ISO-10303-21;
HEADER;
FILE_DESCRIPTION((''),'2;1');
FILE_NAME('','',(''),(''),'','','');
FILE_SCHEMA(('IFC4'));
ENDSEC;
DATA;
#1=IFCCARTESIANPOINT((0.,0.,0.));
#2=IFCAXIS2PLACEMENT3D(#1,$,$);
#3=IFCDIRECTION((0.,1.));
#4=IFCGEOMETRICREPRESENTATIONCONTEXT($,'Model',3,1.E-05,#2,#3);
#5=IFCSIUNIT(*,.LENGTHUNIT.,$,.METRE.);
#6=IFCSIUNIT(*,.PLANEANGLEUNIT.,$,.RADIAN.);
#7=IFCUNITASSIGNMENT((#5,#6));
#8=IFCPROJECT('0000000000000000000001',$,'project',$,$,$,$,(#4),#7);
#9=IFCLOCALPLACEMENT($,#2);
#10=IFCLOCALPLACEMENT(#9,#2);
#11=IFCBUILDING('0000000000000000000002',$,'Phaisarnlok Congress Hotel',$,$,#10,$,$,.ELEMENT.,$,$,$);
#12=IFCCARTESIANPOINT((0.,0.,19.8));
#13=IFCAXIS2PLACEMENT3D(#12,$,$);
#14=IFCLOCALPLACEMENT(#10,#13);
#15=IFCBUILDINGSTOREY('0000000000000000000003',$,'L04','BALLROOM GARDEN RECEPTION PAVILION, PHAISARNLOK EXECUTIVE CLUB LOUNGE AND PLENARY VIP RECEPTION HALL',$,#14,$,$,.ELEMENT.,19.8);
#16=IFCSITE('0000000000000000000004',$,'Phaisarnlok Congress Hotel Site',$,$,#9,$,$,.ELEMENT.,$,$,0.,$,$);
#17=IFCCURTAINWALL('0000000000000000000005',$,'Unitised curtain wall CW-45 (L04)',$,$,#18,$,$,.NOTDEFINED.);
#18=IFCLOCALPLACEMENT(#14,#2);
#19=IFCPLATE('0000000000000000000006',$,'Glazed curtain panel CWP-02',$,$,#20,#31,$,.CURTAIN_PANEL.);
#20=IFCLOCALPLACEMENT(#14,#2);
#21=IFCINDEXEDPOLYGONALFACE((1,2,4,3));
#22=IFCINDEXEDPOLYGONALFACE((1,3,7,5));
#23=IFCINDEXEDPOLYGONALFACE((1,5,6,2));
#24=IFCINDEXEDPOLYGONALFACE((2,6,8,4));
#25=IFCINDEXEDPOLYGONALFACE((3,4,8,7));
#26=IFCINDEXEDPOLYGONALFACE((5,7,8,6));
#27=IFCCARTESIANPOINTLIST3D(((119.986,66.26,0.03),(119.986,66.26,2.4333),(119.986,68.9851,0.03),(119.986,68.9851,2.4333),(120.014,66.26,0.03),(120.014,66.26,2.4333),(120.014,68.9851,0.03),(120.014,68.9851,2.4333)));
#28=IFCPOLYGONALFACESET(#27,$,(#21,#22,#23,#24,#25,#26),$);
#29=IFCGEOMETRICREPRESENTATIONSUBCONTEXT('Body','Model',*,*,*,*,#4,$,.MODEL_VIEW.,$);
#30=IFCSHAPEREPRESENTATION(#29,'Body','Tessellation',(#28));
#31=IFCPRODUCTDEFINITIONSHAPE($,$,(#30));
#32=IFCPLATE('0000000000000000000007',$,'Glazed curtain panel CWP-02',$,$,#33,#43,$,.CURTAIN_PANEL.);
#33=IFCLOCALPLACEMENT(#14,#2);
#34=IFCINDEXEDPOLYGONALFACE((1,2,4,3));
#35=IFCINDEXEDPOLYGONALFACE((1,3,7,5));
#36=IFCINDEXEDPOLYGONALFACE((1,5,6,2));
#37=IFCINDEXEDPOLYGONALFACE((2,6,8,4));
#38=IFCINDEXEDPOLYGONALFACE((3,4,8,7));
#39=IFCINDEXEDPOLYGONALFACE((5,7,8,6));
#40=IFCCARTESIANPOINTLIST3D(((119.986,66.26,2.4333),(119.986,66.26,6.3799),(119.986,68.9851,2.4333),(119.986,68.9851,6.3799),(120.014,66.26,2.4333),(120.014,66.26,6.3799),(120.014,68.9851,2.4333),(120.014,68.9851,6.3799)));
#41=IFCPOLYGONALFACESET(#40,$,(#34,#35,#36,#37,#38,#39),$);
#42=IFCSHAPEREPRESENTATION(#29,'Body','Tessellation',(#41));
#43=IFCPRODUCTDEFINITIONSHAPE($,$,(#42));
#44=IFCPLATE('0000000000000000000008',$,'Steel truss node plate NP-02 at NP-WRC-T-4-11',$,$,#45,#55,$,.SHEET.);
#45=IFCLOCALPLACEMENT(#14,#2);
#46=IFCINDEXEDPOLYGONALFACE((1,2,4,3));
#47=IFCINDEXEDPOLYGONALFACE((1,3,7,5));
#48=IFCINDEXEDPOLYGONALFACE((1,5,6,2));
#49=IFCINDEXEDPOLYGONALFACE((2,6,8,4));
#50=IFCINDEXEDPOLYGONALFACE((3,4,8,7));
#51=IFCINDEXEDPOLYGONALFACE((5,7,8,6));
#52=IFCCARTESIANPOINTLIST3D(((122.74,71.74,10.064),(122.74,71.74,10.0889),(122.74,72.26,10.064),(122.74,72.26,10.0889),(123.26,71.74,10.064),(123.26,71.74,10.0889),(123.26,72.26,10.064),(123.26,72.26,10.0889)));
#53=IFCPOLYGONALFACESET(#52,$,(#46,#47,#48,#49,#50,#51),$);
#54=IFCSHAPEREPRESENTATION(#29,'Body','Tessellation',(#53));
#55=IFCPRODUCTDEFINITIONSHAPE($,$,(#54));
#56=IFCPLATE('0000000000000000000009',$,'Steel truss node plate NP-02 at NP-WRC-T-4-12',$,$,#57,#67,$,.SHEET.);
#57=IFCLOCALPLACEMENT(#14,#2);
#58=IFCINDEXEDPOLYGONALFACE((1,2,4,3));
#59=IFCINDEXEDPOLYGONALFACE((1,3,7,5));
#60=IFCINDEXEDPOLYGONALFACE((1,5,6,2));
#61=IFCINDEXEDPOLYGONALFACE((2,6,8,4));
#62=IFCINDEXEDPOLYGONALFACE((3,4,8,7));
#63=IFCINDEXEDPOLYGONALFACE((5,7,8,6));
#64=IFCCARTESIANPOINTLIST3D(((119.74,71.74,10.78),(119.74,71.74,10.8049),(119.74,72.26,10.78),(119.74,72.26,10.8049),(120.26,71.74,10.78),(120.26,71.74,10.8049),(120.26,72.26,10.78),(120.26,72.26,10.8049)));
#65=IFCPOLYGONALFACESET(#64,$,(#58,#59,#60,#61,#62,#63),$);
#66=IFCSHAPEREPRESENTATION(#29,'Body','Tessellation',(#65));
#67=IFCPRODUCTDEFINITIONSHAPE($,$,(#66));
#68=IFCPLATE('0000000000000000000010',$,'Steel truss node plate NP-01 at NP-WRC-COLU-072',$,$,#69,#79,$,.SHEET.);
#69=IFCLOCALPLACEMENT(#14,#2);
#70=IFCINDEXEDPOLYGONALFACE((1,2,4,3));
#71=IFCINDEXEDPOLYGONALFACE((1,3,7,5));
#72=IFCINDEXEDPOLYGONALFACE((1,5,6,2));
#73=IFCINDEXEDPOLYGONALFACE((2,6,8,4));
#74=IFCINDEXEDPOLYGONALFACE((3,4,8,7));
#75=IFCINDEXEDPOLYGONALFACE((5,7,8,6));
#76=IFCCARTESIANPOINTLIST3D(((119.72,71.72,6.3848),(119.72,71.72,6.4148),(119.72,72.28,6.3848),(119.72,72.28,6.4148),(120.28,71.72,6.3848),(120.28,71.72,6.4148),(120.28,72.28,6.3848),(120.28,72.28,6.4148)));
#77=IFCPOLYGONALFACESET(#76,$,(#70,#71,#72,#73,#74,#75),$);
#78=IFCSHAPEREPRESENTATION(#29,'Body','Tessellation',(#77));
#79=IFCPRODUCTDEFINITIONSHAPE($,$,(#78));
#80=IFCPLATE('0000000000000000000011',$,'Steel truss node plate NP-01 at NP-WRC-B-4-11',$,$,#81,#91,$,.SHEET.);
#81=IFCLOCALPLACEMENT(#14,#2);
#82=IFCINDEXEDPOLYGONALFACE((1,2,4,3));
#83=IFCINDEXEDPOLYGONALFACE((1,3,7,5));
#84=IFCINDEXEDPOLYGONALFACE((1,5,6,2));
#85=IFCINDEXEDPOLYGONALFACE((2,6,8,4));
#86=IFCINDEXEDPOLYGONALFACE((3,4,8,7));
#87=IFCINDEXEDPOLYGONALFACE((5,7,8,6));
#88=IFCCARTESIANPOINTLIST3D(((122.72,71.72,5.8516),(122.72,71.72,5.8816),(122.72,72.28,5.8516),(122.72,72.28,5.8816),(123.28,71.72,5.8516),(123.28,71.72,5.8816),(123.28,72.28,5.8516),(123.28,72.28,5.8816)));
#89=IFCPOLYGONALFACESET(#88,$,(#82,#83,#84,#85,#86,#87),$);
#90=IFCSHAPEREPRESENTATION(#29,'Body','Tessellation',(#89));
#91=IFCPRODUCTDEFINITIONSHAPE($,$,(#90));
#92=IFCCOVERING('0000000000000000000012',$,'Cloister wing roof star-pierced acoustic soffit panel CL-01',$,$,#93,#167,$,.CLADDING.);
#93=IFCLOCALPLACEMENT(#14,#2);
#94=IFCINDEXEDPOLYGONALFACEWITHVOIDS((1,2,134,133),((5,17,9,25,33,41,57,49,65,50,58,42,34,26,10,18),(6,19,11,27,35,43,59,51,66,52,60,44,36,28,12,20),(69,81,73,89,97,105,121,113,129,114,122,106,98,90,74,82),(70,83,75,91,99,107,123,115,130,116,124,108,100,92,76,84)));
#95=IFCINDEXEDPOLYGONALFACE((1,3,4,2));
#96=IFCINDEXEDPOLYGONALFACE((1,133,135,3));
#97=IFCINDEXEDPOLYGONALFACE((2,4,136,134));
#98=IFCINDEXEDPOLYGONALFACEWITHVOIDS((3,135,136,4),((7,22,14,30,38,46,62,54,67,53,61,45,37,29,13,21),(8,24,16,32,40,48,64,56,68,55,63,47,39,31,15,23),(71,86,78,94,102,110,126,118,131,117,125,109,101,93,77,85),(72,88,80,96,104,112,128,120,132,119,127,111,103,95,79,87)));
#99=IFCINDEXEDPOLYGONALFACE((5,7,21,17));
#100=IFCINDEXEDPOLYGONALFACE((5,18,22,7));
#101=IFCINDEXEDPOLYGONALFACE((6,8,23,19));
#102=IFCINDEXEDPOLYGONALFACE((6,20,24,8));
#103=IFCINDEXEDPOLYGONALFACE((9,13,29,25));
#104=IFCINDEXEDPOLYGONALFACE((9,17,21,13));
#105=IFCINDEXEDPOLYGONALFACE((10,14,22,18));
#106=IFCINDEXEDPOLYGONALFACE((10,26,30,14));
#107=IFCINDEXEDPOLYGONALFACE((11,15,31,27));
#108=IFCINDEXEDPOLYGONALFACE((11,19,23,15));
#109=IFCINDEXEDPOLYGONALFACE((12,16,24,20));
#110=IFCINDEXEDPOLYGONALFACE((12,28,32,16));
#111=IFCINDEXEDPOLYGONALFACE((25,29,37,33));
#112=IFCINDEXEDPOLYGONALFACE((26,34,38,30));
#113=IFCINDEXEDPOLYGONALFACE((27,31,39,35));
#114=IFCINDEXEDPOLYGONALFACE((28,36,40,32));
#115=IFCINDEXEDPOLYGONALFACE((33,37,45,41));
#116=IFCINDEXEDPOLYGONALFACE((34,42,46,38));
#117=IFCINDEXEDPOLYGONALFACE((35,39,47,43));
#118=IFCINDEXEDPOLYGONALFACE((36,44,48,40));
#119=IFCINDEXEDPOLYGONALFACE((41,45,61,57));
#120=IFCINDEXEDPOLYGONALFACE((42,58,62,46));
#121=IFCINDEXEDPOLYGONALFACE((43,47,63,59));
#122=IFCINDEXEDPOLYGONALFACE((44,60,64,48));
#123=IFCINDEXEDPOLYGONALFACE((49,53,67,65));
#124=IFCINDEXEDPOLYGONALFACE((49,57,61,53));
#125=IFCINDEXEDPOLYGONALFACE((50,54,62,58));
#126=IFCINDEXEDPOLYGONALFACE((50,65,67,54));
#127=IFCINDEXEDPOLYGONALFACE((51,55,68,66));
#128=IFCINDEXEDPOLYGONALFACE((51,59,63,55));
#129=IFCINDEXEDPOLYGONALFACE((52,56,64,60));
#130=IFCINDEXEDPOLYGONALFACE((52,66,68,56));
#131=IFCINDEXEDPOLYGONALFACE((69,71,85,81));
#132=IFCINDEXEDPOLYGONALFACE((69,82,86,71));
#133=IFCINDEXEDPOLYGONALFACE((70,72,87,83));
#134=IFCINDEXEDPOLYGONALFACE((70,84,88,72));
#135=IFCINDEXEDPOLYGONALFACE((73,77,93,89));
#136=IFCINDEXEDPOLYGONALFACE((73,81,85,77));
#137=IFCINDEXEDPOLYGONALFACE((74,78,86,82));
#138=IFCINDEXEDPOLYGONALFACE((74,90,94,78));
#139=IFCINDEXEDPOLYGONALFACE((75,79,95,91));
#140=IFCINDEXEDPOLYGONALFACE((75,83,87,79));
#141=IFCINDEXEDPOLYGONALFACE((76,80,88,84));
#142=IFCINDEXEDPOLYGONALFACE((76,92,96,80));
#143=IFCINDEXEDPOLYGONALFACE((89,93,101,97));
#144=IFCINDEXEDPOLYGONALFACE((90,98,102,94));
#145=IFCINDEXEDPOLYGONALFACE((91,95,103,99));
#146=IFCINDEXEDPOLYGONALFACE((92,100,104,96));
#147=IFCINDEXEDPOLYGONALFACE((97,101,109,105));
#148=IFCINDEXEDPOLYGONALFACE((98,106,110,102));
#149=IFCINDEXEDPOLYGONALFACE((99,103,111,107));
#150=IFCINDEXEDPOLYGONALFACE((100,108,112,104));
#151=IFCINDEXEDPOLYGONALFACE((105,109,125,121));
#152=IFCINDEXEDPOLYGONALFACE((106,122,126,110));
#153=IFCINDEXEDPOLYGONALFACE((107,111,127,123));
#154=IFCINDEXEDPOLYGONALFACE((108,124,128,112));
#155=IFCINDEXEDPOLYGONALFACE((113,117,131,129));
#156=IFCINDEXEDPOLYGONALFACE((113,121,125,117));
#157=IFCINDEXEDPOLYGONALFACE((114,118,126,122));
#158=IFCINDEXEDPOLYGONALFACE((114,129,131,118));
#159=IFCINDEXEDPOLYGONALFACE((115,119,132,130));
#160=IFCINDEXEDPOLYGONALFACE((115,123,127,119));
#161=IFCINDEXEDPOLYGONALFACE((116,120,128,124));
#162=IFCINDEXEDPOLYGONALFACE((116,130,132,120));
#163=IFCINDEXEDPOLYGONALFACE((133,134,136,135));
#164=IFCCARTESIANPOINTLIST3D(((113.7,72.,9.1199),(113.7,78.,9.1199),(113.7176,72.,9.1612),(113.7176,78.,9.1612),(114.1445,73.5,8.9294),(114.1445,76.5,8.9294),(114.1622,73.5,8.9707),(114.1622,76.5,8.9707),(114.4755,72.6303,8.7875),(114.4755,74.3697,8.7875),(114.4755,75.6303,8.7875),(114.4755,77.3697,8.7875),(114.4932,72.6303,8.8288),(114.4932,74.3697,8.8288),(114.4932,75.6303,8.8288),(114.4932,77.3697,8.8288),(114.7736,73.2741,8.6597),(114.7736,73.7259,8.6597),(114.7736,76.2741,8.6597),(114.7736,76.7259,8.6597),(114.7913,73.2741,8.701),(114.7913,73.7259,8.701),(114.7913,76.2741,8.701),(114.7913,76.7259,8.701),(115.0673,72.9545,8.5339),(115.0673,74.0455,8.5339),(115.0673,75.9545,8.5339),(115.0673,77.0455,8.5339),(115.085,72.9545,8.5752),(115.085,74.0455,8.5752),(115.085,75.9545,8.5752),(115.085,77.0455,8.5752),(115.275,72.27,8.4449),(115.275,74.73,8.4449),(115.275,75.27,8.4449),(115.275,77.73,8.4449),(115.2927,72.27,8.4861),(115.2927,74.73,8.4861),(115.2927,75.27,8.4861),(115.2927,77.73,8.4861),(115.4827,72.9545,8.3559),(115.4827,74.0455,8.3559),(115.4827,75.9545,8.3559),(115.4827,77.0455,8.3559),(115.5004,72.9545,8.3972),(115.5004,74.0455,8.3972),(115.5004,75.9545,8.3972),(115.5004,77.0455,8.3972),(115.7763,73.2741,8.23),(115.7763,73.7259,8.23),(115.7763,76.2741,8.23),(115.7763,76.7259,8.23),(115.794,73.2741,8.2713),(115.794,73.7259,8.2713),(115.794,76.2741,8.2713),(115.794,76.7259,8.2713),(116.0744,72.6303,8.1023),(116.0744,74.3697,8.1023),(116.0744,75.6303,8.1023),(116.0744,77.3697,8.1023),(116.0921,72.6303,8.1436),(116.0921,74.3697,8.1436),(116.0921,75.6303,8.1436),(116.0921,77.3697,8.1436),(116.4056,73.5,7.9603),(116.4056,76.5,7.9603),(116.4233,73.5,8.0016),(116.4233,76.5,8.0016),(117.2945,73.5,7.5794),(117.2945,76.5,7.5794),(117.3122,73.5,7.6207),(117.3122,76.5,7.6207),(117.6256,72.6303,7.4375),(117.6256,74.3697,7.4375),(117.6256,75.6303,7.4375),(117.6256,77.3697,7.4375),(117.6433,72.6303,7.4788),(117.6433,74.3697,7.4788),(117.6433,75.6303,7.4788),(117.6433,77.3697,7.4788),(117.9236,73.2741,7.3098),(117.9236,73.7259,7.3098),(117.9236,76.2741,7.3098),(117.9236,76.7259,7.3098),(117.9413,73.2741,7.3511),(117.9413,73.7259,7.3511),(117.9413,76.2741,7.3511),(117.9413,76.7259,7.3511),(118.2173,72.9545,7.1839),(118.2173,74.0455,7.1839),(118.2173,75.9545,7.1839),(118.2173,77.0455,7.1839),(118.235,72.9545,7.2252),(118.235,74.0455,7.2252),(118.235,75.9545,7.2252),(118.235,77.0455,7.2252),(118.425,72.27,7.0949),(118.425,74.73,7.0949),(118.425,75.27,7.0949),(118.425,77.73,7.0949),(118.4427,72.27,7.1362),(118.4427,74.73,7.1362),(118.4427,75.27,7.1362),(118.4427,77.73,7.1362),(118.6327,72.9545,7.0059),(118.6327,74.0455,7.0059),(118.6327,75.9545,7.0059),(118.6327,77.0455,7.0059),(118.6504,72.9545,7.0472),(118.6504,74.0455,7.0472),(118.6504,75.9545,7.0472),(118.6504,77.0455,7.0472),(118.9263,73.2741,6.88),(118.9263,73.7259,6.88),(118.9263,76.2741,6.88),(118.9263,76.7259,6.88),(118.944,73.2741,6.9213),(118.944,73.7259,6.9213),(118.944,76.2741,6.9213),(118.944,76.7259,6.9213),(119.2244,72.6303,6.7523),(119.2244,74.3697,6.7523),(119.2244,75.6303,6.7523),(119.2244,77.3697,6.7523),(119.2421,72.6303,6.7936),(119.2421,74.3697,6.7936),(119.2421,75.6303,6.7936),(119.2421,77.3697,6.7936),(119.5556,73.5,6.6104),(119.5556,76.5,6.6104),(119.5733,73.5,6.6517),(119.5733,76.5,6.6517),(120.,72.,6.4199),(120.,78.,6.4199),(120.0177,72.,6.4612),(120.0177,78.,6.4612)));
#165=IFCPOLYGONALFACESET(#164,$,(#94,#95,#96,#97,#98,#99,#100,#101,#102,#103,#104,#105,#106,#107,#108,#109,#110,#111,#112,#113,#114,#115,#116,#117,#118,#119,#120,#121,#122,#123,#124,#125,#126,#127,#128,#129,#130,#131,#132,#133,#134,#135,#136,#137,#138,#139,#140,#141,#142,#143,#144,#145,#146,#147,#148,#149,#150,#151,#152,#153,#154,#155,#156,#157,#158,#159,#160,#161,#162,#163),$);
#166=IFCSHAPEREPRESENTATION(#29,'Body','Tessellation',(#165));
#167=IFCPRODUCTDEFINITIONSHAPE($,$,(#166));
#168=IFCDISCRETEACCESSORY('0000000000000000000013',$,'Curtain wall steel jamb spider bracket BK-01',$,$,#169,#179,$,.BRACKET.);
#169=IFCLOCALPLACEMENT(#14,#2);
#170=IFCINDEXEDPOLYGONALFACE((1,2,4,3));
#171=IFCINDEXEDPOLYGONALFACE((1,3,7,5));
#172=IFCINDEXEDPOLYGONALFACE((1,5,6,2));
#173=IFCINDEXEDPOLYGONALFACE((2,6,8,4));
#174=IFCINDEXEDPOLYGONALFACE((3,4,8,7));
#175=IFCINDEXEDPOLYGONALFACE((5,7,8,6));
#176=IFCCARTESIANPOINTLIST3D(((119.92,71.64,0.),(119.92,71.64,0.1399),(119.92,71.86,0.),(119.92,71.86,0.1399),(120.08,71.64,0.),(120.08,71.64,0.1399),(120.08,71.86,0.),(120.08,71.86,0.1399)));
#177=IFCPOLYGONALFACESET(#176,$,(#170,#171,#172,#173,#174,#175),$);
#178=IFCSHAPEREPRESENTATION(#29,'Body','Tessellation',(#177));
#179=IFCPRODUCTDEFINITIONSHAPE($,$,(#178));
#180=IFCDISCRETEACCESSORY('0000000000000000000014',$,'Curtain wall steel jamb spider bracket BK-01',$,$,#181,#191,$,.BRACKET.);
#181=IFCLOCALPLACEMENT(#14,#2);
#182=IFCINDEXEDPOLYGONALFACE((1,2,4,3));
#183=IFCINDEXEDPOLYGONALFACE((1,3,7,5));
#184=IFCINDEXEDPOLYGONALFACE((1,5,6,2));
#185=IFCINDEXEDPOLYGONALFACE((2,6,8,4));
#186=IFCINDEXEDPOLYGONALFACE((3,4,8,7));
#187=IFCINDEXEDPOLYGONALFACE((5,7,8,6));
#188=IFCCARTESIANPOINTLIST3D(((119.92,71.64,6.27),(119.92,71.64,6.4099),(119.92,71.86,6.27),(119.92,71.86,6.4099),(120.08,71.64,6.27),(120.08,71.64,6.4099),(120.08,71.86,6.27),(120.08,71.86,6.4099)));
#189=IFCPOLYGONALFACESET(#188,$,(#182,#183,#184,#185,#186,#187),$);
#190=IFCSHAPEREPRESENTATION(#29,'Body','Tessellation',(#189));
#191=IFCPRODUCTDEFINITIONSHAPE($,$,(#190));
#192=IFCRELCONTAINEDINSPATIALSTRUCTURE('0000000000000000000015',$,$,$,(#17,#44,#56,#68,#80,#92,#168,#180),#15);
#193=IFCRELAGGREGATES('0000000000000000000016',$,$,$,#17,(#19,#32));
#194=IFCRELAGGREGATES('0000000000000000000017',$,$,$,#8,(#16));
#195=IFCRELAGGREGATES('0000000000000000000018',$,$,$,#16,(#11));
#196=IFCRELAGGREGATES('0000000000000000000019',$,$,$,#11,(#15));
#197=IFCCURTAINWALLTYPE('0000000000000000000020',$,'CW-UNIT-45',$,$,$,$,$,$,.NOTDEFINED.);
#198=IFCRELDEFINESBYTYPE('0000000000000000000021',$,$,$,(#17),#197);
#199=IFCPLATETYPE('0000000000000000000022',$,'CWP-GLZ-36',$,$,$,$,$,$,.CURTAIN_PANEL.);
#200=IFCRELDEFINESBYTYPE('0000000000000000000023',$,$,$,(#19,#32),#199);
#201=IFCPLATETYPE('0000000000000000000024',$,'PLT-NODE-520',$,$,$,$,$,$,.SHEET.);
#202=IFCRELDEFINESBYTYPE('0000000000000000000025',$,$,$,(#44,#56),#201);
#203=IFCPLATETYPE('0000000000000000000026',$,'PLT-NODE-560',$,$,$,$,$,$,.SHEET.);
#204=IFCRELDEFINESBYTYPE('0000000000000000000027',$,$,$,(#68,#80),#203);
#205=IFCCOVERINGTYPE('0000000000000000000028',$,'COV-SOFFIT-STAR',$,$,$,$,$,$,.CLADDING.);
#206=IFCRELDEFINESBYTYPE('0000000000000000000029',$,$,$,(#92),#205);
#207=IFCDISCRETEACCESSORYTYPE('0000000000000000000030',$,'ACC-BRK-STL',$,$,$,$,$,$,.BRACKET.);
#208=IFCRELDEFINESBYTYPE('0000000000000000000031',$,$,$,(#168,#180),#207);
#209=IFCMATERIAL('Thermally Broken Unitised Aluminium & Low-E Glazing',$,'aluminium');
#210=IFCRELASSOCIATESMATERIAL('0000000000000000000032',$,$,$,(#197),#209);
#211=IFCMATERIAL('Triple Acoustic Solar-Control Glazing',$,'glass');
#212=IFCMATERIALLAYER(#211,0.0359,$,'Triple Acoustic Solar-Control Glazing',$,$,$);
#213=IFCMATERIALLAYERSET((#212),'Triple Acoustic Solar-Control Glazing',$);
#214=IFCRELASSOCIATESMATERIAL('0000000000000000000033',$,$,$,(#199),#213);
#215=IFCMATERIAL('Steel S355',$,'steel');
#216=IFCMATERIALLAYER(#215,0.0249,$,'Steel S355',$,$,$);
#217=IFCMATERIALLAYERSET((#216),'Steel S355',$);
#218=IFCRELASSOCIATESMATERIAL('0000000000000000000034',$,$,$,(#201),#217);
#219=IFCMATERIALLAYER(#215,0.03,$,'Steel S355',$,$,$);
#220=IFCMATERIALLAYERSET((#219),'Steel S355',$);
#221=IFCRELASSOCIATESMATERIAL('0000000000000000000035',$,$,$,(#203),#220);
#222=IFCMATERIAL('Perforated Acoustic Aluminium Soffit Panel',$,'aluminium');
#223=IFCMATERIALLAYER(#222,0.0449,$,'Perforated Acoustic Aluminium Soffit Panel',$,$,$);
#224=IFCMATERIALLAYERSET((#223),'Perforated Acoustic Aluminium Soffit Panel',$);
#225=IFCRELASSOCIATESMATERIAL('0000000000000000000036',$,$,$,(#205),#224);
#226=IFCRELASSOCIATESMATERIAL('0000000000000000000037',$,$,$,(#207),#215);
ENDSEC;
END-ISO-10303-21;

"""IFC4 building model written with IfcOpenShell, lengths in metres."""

from ifc_helpers import new_model, si_unit, direction, frame, frame_2d, origin, origin_2d, place, context, subcontext, project, spatial, polyline, rectangle, outline, extrude, material, layer, layer_set, type_object, element, aggregate, save


model = new_model("IFC4")

# Units and contexts
model_context = context("Model", 3, precision=1e-05, world=origin(), true_north=direction((0.0, 1.0)))
body_context = subcontext(model_context, "Body", "Model", "MODEL_VIEW")
ifc_project = project(units=[si_unit("LENGTHUNIT", "METRE"), si_unit("PLANEANGLEUNIT", "RADIAN")], contexts=[model_context])

# Site, building, storey
site_placement = place(None, origin())
site = spatial("IfcSite", under=ifc_project, at=site_placement, Name="Phaisarnlok Congress Hotel Site", CompositionType="ELEMENT", RefElevation=0.0)
building_placement = place(site_placement, origin())
building = spatial("IfcBuilding", under=site, at=building_placement, Name="Phaisarnlok Congress Hotel", CompositionType="ELEMENT")
storey_placement = place(building_placement, frame((0.0, 0.0, 19.8)))
storey = spatial("IfcBuildingStorey", under=building, at=storey_placement, Name="L04", Description="BALLROOM GARDEN RECEPTION PAVILION, PHAISARNLOK EXECUTIVE CLUB LOUNGE AND PLENARY VIP RECEPTION HALL", CompositionType="ELEMENT", Elevation=19.8)

# Shared definitions
ifc_material_1 = material(Name="Steel S355", Category="steel")

# Curtain wall
ifc_material_2 = material(Name="Thermally Broken Unitised Aluminium & Low-E Glazing", Category="aluminium")
curtain_wall_type = type_object("IfcCurtainWallType", Name="CW-UNIT-45", PredefinedType="NOTDEFINED", material=ifc_material_2)
curtain_wall_placement = place(storey_placement, origin())
curtain_wall = element("IfcCurtainWall", 1, at=curtain_wall_placement, inside=storey, type_object=curtain_wall_type, Name="Unitised curtain wall CW-45 (L04)", PredefinedType="NOTDEFINED")

# Plates
ifc_material_3 = material(Name="Triple Acoustic Solar-Control Glazing", Category="glass")
ifc_layer_1 = layer(ifc_material_3, 0.0359, Name="Triple Acoustic Solar-Control Glazing")
ifc_layer_set_1 = layer_set([ifc_layer_1], Name="Triple Acoustic Solar-Control Glazing")
plate_type_1 = type_object("IfcPlateType", Name="CWP-GLZ-36", PredefinedType="CURTAIN_PANEL", material=ifc_layer_set_1)
plate_1_placement = place(storey_placement, frame((120.0, 68.9851, 0.03), z_axis=(0.0, 0.0, 1.0), x_axis=(0.0, -1.0, 0.0)))
plate_1 = element("IfcPlate", 2, at=plate_1_placement, type_object=plate_type_1, Name="Glazed curtain panel CWP-02", PredefinedType="CURTAIN_PANEL", context=body_context, shape_type="SweptSolid", body=[
    extrude(rectangle(XDim=2.7251, YDim=0.0281, at=frame_2d((1.3625, 0.0))), origin(), (0.0, 0.0, 1.0), 2.4033),
])
plate_2_placement = place(storey_placement, frame((120.0, 68.9851, 2.4333), z_axis=(0.0, 0.0, 1.0), x_axis=(0.0, -1.0, 0.0)))
plate_2 = element("IfcPlate", 3, at=plate_2_placement, type_object=plate_type_1, Name="Glazed curtain panel CWP-02", PredefinedType="CURTAIN_PANEL", context=body_context, shape_type="SweptSolid", body=[
    extrude(rectangle(XDim=2.7251, YDim=0.0281, at=frame_2d((1.3625, 0.0))), origin(), (0.0, 0.0, 1.0), 3.9465),
])
aggregate(curtain_wall, [plate_1, plate_2])

# Plates
ifc_layer_2 = layer(ifc_material_1, 0.0249, Name="Steel S355")
ifc_layer_set_2 = layer_set([ifc_layer_2], Name="Steel S355")
plate_type_2 = type_object("IfcPlateType", Name="PLT-NODE-520", PredefinedType="SHEET", material=ifc_layer_set_2)
for number, where, z_axis, x_axis, name in (
    (4, (123.0, 72.0, 10.064), (0.0, 0.0, 1.0), (1.0, 0.0, 0.0), "Steel truss node plate NP-02 at NP-WRC-T-4-11"),
    (5, (120.0, 72.0, 10.78), (0.0, 0.0, 1.0), (1.0, 0.0, 0.0), "Steel truss node plate NP-02 at NP-WRC-T-4-12"),
):
    element("IfcPlate", number, at=place(storey_placement, frame(where, z_axis=z_axis, x_axis=x_axis)), inside=storey, type_object=plate_type_2, Name=name, PredefinedType="SHEET", context=body_context, shape_type="SweptSolid", body=[
        extrude(rectangle(XDim=0.52, YDim=0.52, at=origin_2d()), origin(), (0.0, 0.0, 1.0), 0.0249),
    ])
ifc_layer_3 = layer(ifc_material_1, 0.03, Name="Steel S355")
ifc_layer_set_3 = layer_set([ifc_layer_3], Name="Steel S355")
plate_type_3 = type_object("IfcPlateType", Name="PLT-NODE-560", PredefinedType="SHEET", material=ifc_layer_set_3)
for number, where, z_axis, x_axis, name in (
    (6, (120.0, 72.0, 6.3848), (0.0, 0.0, 1.0), (1.0, 0.0, 0.0), "Steel truss node plate NP-01 at NP-WRC-COLU-072"),
    (7, (123.0, 72.0, 5.8516), (0.0, 0.0, 1.0), (1.0, 0.0, 0.0), "Steel truss node plate NP-01 at NP-WRC-B-4-11"),
):
    element("IfcPlate", number, at=place(storey_placement, frame(where, z_axis=z_axis, x_axis=x_axis)), inside=storey, type_object=plate_type_3, Name=name, PredefinedType="SHEET", context=body_context, shape_type="SweptSolid", body=[
        extrude(rectangle(XDim=0.5601, YDim=0.5601, at=origin_2d()), origin(), (0.0, 0.0, 1.0), 0.03),
    ])

# Covering
ifc_material_4 = material(Name="Perforated Acoustic Aluminium Soffit Panel", Category="aluminium")
ifc_layer_4 = layer(ifc_material_4, 0.0449, Name="Perforated Acoustic Aluminium Soffit Panel")
ifc_layer_set_4 = layer_set([ifc_layer_4], Name="Perforated Acoustic Aluminium Soffit Panel")
covering_type = type_object("IfcCoveringType", Name="COV-SOFFIT-STAR", PredefinedType="CLADDING", material=ifc_layer_set_4)
covering_placement = place(storey_placement, frame((120.0, 72.0, 6.4199), z_axis=(0.393911, 0.0, 0.919149), x_axis=(0.0, 1.0, 0.0)))
element("IfcCovering", 8, at=covering_placement, inside=storey, type_object=covering_type, Name="Cloister wing roof star-pierced acoustic soffit panel CL-01", PredefinedType="CLADDING", context=body_context, shape_type="SweptSolid", body=[
    extrude(outline(polyline([(0.0, 0.0), (6.0, 0.0), (6.0, 6.8542), (0.0, 6.8542), (0.0, 0.0)]), holes=[polyline([(2.0455, 1.4876), (2.3697, 0.8438), (1.7259, 1.1681), (1.5, 0.4835), (1.2741, 1.1681), (0.6303, 0.8438), (0.9545, 1.4876), (0.27, 1.7135), (0.9545, 1.9395), (0.6303, 2.5833), (1.2741, 2.259), (1.5, 2.9435), (1.7259, 2.259), (2.3697, 2.5833), (2.0455, 1.9395), (2.73, 1.7135), (2.0455, 1.4876)]), polyline([(2.0455, 4.9147), (2.3697, 4.2709), (1.7259, 4.5952), (1.5, 3.9106), (1.2741, 4.5952), (0.6303, 4.2709), (0.9545, 4.9147), (0.27, 5.1406), (0.9545, 5.3666), (0.6303, 6.0104), (1.2741, 5.6861), (1.5, 6.3706), (1.7259, 5.6861), (2.3697, 6.0104), (2.0455, 5.3666), (2.73, 5.1406), (2.0455, 4.9147)]), polyline([(5.0455, 1.4876), (5.3697, 0.8438), (4.7259, 1.1681), (4.5, 0.4835), (4.2741, 1.1681), (3.6303, 0.8438), (3.9545, 1.4876), (3.27, 1.7135), (3.9545, 1.9395), (3.6303, 2.5833), (4.2741, 2.259), (4.5, 2.9435), (4.7259, 2.259), (5.3697, 2.5833), (5.0455, 1.9395), (5.73, 1.7135), (5.0455, 1.4876)]), polyline([(5.0455, 4.9147), (5.3697, 4.2709), (4.7259, 4.5952), (4.5, 3.9106), (4.2741, 4.5952), (3.6303, 4.2709), (3.9545, 4.9147), (3.27, 5.1406), (3.9545, 5.3666), (3.6303, 6.0104), (4.2741, 5.6861), (4.5, 6.3706), (4.7259, 5.6861), (5.3697, 6.0104), (5.0455, 5.3666), (5.73, 5.1406), (5.0455, 4.9147)])]), origin(), (0.0, 0.0, 1.0), 0.0449),
])

# Discrete accessories
discrete_accessory_type = type_object("IfcDiscreteAccessoryType", Name="ACC-BRK-STL", PredefinedType="BRACKET", material=ifc_material_1)
for number, where, z_axis, x_axis, name in (
    (9, (120.0, 71.75, 0.0), (0.0, 0.0, 1.0), (1.0, 0.0, 0.0), "Curtain wall steel jamb spider bracket BK-01"),
    (10, (120.0, 71.75, 6.27), (0.0, 0.0, 1.0), (1.0, 0.0, 0.0), "Curtain wall steel jamb spider bracket BK-01"),
):
    element("IfcDiscreteAccessory", number, at=place(storey_placement, frame(where, z_axis=z_axis, x_axis=x_axis)), inside=storey, type_object=discrete_accessory_type, Name=name, PredefinedType="BRACKET", context=body_context, shape_type="SweptSolid", body=[
        extrude(rectangle(XDim=0.1599, YDim=0.22, at=origin_2d()), origin(), (0.0, 0.0, 1.0), 0.1399),
    ])

save(model, "model.ifc")
